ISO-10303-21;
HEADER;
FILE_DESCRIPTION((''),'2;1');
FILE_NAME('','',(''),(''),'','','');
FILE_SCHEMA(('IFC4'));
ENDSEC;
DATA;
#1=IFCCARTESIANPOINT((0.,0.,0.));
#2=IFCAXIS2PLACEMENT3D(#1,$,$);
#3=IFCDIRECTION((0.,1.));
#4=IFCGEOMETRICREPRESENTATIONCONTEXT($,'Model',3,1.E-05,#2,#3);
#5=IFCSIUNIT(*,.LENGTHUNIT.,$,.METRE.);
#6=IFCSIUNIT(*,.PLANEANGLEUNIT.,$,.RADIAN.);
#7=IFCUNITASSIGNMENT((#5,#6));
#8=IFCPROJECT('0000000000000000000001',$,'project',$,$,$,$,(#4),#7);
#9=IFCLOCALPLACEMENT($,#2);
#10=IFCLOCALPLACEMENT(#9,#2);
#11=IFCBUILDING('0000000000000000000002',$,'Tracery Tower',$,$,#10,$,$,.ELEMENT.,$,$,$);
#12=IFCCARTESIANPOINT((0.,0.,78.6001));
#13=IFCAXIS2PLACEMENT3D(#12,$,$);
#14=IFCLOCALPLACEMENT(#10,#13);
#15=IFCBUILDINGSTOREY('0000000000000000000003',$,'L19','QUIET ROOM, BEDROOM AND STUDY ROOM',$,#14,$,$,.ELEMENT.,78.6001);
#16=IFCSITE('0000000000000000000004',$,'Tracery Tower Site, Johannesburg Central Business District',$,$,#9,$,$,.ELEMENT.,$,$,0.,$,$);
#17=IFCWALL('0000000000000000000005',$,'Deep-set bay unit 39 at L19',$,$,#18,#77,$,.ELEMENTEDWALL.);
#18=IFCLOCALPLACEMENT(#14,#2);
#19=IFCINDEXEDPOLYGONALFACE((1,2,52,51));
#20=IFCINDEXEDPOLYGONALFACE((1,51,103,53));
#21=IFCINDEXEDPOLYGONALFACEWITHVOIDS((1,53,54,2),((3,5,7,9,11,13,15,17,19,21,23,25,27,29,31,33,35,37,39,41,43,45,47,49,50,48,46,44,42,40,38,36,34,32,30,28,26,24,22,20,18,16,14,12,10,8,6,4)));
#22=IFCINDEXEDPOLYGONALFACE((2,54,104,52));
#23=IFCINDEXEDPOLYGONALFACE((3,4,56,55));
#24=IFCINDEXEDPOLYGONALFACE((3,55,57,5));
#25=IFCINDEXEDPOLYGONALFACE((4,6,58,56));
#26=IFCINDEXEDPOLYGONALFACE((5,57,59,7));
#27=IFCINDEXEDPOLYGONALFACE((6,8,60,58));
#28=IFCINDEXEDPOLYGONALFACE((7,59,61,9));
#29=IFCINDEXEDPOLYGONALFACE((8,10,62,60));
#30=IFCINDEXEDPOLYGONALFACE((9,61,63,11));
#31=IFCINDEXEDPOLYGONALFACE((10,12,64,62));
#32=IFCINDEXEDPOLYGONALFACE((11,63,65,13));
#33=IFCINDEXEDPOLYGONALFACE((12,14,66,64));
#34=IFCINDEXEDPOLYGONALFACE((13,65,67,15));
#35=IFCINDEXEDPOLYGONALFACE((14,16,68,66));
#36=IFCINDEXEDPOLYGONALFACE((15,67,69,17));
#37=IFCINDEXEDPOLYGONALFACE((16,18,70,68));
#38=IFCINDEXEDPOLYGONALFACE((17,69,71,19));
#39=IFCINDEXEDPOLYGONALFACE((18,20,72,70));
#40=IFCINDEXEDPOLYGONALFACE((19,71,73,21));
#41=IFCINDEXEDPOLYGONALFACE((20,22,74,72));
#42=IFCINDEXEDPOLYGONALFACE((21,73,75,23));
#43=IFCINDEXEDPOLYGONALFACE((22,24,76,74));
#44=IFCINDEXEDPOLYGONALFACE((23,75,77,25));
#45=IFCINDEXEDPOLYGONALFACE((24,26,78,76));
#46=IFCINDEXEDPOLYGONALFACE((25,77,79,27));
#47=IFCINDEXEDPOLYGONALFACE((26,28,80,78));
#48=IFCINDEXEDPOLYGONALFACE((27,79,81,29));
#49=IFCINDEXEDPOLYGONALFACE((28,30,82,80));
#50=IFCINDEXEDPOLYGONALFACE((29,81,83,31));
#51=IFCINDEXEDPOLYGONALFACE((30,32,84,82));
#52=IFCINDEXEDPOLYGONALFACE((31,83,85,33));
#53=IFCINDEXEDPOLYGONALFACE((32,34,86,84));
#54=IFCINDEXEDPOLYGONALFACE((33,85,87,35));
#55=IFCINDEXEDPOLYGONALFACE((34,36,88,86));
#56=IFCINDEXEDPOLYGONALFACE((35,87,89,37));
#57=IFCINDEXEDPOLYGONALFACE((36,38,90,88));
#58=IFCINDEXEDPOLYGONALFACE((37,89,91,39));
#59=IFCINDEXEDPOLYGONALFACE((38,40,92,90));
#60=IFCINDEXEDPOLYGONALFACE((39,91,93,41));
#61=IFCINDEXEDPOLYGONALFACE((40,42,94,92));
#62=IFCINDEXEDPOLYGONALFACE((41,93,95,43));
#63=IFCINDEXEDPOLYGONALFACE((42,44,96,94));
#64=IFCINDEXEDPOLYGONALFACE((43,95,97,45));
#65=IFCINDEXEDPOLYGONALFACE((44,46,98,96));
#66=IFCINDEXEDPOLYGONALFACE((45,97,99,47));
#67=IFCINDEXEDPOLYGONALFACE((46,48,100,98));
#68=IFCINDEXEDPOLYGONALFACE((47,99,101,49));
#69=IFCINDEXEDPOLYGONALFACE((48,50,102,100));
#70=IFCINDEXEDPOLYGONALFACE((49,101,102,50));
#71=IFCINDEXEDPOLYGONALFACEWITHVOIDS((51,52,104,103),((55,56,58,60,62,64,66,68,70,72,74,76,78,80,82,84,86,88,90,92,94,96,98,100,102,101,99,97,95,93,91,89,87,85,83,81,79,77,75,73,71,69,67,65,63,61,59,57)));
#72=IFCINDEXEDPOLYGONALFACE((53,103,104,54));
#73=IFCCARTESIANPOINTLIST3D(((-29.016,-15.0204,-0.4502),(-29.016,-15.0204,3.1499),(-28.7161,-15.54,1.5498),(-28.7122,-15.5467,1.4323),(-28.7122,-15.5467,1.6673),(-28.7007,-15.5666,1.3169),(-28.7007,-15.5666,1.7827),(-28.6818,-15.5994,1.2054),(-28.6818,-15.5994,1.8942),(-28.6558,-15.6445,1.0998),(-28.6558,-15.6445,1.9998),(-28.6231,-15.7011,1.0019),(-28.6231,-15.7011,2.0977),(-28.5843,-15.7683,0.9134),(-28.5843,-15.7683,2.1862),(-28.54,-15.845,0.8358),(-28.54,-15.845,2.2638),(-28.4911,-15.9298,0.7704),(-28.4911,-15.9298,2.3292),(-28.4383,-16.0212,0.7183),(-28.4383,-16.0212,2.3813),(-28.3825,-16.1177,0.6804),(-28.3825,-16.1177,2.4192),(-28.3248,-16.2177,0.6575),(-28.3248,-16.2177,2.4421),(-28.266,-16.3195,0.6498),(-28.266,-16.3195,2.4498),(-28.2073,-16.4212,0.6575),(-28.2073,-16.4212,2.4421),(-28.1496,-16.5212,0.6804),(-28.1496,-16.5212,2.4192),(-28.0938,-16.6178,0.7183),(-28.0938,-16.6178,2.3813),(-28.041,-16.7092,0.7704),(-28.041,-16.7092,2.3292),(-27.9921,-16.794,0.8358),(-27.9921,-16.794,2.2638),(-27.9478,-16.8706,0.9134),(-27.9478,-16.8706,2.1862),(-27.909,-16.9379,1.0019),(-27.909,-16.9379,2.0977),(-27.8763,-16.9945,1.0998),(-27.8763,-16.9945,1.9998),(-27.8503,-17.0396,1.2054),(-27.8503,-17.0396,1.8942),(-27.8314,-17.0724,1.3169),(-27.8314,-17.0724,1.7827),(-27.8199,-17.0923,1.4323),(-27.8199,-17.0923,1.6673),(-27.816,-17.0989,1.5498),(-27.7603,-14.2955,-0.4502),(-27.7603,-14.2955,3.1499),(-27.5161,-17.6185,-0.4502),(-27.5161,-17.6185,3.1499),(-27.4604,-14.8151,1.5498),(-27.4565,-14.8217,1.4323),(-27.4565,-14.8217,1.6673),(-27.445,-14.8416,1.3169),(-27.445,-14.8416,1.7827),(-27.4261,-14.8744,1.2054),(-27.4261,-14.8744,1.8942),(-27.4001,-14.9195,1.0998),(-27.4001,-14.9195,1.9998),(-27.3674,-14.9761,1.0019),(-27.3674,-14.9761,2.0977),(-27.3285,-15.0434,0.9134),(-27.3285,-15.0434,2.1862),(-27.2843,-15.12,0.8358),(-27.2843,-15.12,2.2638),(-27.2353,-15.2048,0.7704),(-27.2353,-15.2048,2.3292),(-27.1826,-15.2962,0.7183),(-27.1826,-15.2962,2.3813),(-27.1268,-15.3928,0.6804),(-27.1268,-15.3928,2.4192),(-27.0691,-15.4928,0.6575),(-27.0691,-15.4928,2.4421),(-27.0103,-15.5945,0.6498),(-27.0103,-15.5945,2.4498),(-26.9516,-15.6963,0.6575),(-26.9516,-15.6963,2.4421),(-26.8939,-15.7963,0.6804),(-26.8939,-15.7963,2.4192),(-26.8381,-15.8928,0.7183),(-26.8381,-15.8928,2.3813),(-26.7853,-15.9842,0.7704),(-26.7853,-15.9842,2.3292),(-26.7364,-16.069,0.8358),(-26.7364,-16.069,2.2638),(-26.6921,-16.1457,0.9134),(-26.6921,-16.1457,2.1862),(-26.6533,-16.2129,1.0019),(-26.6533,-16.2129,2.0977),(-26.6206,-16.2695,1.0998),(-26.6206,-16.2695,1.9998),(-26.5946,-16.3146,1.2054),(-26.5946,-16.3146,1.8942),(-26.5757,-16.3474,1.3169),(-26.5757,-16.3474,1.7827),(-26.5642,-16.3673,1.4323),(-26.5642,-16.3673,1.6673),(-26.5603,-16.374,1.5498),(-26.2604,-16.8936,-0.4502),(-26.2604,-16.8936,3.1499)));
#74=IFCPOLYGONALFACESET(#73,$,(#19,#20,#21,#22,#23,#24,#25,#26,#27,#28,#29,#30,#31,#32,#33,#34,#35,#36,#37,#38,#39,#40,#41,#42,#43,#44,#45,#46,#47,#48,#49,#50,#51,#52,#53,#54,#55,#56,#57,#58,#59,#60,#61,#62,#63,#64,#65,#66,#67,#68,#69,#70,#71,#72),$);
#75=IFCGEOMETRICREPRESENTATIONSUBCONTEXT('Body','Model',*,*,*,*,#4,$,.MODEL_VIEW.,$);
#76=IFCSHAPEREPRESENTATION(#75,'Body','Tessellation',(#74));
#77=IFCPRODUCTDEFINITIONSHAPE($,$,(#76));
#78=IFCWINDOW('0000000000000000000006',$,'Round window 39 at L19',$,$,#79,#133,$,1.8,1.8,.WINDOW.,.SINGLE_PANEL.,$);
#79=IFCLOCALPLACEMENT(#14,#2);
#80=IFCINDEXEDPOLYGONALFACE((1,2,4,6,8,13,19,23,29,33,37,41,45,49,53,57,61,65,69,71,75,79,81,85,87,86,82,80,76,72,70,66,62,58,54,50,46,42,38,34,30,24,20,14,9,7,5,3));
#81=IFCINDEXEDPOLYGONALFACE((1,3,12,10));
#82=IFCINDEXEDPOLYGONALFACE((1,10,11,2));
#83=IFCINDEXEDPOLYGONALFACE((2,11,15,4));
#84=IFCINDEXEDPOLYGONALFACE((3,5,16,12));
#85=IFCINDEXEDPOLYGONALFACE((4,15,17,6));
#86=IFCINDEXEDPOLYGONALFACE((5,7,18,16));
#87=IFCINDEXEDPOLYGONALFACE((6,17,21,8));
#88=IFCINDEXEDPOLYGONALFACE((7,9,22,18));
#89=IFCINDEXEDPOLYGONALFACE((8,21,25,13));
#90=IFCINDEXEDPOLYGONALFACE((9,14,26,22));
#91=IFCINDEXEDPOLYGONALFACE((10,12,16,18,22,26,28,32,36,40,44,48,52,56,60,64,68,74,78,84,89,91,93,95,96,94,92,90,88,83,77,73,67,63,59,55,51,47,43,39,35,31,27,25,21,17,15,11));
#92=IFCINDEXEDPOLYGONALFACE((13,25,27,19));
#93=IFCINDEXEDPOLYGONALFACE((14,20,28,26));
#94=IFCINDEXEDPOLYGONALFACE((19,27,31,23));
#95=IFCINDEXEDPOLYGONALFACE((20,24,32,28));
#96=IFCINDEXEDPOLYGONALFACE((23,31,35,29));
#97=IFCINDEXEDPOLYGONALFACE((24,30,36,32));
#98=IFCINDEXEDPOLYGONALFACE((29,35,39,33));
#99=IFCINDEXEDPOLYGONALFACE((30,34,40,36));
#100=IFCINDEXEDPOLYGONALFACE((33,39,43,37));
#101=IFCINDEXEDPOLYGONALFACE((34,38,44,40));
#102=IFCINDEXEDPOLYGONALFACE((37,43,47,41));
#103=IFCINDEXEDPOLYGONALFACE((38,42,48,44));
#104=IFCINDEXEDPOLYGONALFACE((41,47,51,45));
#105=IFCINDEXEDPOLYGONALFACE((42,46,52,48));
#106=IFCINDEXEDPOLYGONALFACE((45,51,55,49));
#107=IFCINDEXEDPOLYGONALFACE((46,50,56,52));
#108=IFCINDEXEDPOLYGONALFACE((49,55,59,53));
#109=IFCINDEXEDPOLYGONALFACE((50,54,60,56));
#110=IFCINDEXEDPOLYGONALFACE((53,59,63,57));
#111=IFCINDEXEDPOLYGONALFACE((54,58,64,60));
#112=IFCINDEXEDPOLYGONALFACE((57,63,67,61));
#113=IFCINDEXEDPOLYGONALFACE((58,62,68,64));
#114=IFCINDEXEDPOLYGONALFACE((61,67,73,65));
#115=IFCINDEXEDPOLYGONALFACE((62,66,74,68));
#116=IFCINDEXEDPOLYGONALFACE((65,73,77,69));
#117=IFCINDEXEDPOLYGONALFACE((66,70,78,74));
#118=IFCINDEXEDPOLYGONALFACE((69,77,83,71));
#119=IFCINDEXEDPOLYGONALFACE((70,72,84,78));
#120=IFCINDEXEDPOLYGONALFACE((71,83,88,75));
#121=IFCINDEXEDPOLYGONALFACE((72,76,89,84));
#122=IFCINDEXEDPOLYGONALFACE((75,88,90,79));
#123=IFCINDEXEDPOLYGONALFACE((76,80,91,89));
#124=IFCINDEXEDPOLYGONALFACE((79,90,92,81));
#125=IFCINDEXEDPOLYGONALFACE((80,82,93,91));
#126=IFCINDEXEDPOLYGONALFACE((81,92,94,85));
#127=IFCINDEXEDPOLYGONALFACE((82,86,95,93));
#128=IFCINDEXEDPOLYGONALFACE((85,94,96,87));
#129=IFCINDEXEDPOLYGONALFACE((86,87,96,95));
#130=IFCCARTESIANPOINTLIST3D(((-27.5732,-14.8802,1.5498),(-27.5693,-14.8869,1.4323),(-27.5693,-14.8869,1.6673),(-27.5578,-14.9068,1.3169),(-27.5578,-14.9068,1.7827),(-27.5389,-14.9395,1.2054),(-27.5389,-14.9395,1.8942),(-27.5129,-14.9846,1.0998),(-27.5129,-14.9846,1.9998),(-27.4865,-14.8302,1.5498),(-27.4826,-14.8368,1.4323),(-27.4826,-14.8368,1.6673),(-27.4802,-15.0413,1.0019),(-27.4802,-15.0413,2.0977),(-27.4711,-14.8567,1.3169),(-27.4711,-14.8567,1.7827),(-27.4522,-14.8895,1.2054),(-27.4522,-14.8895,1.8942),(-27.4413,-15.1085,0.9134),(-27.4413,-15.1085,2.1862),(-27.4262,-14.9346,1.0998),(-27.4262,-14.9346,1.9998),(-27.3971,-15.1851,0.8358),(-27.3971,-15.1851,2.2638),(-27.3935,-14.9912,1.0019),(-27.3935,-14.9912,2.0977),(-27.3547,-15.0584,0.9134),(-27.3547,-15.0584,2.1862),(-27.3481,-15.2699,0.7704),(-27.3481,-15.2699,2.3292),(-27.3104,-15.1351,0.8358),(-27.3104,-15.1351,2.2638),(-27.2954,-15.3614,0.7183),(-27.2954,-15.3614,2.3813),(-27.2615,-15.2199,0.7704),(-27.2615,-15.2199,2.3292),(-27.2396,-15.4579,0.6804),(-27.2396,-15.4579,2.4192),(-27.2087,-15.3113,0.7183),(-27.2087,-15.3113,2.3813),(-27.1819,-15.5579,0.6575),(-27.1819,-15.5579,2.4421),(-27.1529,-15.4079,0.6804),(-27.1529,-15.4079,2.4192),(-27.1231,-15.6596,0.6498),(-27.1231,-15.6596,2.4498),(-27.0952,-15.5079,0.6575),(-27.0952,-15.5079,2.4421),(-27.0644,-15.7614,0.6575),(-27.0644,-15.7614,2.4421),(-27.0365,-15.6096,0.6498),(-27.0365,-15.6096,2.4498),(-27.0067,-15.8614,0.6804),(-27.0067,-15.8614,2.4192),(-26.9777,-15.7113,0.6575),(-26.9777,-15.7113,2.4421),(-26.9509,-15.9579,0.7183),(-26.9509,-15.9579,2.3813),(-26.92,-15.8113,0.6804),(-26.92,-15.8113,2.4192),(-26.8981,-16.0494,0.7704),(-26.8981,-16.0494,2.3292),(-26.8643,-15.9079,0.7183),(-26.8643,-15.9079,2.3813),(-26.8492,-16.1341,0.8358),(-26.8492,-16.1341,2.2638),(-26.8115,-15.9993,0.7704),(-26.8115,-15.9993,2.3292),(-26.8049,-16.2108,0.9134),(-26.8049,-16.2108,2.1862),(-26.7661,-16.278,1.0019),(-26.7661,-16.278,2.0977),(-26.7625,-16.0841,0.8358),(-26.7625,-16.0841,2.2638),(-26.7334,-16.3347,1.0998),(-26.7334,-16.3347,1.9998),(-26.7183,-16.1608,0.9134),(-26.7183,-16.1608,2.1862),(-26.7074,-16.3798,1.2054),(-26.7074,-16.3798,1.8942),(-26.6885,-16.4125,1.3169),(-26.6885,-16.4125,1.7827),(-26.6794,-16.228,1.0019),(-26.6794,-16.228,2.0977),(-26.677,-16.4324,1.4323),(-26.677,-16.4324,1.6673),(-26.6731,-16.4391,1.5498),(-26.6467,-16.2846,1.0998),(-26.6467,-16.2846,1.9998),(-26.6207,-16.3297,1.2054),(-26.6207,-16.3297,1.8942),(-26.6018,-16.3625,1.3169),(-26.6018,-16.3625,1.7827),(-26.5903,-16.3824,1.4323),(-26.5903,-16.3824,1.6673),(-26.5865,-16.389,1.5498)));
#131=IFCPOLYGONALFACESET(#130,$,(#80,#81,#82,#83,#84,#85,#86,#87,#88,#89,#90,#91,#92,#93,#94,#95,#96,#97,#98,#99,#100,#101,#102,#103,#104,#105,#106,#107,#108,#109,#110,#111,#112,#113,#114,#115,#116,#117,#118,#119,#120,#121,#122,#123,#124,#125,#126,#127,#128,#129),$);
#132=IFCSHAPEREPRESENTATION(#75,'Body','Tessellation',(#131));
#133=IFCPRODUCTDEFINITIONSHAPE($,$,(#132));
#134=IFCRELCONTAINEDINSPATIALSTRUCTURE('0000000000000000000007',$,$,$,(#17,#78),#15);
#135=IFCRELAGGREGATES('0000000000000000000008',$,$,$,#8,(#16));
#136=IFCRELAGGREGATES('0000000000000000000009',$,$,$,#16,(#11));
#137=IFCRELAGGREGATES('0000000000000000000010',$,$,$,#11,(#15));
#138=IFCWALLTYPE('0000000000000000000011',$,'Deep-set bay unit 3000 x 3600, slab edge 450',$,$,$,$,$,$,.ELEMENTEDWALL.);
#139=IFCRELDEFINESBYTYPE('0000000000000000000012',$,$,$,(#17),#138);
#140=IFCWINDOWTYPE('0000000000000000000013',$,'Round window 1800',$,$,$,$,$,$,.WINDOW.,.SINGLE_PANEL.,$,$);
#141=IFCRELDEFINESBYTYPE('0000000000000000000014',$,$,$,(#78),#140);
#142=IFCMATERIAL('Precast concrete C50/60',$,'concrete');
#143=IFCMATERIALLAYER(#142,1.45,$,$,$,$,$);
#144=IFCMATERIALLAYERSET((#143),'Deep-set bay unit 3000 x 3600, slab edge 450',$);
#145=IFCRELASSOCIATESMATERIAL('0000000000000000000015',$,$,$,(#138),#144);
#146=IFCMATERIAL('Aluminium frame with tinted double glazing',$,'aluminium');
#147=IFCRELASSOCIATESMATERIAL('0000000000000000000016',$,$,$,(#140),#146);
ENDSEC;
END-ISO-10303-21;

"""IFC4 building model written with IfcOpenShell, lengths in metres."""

from ifc_helpers import new_model, si_unit, direction, frame, frame_2d, origin, origin_2d, place, context, subcontext, project, spatial, rectangle, circle, extrude, material, layer, layer_set, type_object, element, fill, save


model = new_model("IFC4")

# Units and contexts
model_context = context("Model", 3, precision=1e-05, world=origin(), true_north=direction((0.0, 1.0)))
body_context = subcontext(model_context, "Body", "Model", "MODEL_VIEW")
ifc_project = project(units=[si_unit("LENGTHUNIT", "METRE"), si_unit("PLANEANGLEUNIT", "RADIAN")], contexts=[model_context])

# Site, building, storey
site_placement = place(None, origin())
site = spatial("IfcSite", under=ifc_project, at=site_placement, Name="Tracery Tower Site, Johannesburg Central Business District", CompositionType="ELEMENT", RefElevation=0.0)
building_placement = place(site_placement, origin())
building = spatial("IfcBuilding", under=site, at=building_placement, Name="Tracery Tower", CompositionType="ELEMENT")
storey_placement = place(building_placement, frame((0.0, 0.0, 78.6001)))
storey = spatial("IfcBuildingStorey", under=building, at=storey_placement, Name="L19", Description="QUIET ROOM, BEDROOM AND STUDY ROOM", CompositionType="ELEMENT", Elevation=78.6001)

# Wall, opening, window
ifc_material_1 = material(Name="Precast concrete C50/60", Category="concrete")
ifc_layer_1 = layer(ifc_material_1, 1.45)
ifc_layer_set_1 = layer_set([ifc_layer_1], Name="Deep-set bay unit 3000 x 3600, slab edge 450")
wall_type_1 = type_object("IfcWallType", Name="Deep-set bay unit 3000 x 3600, slab edge 450", PredefinedType="ELEMENTEDWALL", material=ifc_layer_set_1)
wall_1_placement = place(storey_placement, frame((-28.3882, -14.658, -0.4502), z_axis=(0.0, 0.0, 1.0), x_axis=(0.49999, -0.866031, 0.0)))
wall_1 = element("IfcWall", 1, at=wall_1_placement, inside=storey, type_object=wall_type_1, Name="Deep-set bay unit 39 at L19", PredefinedType="ELEMENTEDWALL", context=body_context, shape_type="SweptSolid", body=[
    extrude(rectangle(XDim=3.0, YDim=1.45, at=frame_2d((1.5, 0.0))), origin(), (0.0, 0.0, 1.0), 3.6001),
])
opening_1_placement = place(wall_1_placement, frame((1.5, 0.0, 2.0)))
opening_1 = element("IfcOpeningElement", 2, at=opening_1_placement, cuts=wall_1, PredefinedType="OPENING", context=body_context, shape_type="SweptSolid", body=[
    extrude(circle(Radius=0.9, at=origin_2d()), frame((0.0, 0.7349, 0.0), z_axis=(0.0, -1.0, 0.0), x_axis=(1.0, 0.0, 0.0)), (0.0, 0.0, 1.0), 1.47),
])
ifc_material_2 = material(Name="Aluminium frame with tinted double glazing", Category="aluminium")
window_type = type_object("IfcWindowType", Name="Round window 1800", PartitioningType="SINGLE_PANEL", PredefinedType="WINDOW", material=ifc_material_2)
window_1_placement = place(opening_1_placement, origin())
window_1 = element("IfcWindow", 3, at=window_1_placement, inside=storey, type_object=window_type, Name="Round window 39 at L19", OverallHeight=1.8, OverallWidth=1.8, PartitioningType="SINGLE_PANEL", PredefinedType="WINDOW", context=body_context, shape_type="SweptSolid", body=[
    extrude(circle(Radius=0.9, at=origin_2d()), frame((0.0, 0.6948, 0.0), z_axis=(0.0, -1.0, 0.0), x_axis=(1.0, 0.0, 0.0)), (0.0, 0.0, 1.0), 0.1001),
])
fill(opening_1, window_1)

save(model, "model.ifc")
